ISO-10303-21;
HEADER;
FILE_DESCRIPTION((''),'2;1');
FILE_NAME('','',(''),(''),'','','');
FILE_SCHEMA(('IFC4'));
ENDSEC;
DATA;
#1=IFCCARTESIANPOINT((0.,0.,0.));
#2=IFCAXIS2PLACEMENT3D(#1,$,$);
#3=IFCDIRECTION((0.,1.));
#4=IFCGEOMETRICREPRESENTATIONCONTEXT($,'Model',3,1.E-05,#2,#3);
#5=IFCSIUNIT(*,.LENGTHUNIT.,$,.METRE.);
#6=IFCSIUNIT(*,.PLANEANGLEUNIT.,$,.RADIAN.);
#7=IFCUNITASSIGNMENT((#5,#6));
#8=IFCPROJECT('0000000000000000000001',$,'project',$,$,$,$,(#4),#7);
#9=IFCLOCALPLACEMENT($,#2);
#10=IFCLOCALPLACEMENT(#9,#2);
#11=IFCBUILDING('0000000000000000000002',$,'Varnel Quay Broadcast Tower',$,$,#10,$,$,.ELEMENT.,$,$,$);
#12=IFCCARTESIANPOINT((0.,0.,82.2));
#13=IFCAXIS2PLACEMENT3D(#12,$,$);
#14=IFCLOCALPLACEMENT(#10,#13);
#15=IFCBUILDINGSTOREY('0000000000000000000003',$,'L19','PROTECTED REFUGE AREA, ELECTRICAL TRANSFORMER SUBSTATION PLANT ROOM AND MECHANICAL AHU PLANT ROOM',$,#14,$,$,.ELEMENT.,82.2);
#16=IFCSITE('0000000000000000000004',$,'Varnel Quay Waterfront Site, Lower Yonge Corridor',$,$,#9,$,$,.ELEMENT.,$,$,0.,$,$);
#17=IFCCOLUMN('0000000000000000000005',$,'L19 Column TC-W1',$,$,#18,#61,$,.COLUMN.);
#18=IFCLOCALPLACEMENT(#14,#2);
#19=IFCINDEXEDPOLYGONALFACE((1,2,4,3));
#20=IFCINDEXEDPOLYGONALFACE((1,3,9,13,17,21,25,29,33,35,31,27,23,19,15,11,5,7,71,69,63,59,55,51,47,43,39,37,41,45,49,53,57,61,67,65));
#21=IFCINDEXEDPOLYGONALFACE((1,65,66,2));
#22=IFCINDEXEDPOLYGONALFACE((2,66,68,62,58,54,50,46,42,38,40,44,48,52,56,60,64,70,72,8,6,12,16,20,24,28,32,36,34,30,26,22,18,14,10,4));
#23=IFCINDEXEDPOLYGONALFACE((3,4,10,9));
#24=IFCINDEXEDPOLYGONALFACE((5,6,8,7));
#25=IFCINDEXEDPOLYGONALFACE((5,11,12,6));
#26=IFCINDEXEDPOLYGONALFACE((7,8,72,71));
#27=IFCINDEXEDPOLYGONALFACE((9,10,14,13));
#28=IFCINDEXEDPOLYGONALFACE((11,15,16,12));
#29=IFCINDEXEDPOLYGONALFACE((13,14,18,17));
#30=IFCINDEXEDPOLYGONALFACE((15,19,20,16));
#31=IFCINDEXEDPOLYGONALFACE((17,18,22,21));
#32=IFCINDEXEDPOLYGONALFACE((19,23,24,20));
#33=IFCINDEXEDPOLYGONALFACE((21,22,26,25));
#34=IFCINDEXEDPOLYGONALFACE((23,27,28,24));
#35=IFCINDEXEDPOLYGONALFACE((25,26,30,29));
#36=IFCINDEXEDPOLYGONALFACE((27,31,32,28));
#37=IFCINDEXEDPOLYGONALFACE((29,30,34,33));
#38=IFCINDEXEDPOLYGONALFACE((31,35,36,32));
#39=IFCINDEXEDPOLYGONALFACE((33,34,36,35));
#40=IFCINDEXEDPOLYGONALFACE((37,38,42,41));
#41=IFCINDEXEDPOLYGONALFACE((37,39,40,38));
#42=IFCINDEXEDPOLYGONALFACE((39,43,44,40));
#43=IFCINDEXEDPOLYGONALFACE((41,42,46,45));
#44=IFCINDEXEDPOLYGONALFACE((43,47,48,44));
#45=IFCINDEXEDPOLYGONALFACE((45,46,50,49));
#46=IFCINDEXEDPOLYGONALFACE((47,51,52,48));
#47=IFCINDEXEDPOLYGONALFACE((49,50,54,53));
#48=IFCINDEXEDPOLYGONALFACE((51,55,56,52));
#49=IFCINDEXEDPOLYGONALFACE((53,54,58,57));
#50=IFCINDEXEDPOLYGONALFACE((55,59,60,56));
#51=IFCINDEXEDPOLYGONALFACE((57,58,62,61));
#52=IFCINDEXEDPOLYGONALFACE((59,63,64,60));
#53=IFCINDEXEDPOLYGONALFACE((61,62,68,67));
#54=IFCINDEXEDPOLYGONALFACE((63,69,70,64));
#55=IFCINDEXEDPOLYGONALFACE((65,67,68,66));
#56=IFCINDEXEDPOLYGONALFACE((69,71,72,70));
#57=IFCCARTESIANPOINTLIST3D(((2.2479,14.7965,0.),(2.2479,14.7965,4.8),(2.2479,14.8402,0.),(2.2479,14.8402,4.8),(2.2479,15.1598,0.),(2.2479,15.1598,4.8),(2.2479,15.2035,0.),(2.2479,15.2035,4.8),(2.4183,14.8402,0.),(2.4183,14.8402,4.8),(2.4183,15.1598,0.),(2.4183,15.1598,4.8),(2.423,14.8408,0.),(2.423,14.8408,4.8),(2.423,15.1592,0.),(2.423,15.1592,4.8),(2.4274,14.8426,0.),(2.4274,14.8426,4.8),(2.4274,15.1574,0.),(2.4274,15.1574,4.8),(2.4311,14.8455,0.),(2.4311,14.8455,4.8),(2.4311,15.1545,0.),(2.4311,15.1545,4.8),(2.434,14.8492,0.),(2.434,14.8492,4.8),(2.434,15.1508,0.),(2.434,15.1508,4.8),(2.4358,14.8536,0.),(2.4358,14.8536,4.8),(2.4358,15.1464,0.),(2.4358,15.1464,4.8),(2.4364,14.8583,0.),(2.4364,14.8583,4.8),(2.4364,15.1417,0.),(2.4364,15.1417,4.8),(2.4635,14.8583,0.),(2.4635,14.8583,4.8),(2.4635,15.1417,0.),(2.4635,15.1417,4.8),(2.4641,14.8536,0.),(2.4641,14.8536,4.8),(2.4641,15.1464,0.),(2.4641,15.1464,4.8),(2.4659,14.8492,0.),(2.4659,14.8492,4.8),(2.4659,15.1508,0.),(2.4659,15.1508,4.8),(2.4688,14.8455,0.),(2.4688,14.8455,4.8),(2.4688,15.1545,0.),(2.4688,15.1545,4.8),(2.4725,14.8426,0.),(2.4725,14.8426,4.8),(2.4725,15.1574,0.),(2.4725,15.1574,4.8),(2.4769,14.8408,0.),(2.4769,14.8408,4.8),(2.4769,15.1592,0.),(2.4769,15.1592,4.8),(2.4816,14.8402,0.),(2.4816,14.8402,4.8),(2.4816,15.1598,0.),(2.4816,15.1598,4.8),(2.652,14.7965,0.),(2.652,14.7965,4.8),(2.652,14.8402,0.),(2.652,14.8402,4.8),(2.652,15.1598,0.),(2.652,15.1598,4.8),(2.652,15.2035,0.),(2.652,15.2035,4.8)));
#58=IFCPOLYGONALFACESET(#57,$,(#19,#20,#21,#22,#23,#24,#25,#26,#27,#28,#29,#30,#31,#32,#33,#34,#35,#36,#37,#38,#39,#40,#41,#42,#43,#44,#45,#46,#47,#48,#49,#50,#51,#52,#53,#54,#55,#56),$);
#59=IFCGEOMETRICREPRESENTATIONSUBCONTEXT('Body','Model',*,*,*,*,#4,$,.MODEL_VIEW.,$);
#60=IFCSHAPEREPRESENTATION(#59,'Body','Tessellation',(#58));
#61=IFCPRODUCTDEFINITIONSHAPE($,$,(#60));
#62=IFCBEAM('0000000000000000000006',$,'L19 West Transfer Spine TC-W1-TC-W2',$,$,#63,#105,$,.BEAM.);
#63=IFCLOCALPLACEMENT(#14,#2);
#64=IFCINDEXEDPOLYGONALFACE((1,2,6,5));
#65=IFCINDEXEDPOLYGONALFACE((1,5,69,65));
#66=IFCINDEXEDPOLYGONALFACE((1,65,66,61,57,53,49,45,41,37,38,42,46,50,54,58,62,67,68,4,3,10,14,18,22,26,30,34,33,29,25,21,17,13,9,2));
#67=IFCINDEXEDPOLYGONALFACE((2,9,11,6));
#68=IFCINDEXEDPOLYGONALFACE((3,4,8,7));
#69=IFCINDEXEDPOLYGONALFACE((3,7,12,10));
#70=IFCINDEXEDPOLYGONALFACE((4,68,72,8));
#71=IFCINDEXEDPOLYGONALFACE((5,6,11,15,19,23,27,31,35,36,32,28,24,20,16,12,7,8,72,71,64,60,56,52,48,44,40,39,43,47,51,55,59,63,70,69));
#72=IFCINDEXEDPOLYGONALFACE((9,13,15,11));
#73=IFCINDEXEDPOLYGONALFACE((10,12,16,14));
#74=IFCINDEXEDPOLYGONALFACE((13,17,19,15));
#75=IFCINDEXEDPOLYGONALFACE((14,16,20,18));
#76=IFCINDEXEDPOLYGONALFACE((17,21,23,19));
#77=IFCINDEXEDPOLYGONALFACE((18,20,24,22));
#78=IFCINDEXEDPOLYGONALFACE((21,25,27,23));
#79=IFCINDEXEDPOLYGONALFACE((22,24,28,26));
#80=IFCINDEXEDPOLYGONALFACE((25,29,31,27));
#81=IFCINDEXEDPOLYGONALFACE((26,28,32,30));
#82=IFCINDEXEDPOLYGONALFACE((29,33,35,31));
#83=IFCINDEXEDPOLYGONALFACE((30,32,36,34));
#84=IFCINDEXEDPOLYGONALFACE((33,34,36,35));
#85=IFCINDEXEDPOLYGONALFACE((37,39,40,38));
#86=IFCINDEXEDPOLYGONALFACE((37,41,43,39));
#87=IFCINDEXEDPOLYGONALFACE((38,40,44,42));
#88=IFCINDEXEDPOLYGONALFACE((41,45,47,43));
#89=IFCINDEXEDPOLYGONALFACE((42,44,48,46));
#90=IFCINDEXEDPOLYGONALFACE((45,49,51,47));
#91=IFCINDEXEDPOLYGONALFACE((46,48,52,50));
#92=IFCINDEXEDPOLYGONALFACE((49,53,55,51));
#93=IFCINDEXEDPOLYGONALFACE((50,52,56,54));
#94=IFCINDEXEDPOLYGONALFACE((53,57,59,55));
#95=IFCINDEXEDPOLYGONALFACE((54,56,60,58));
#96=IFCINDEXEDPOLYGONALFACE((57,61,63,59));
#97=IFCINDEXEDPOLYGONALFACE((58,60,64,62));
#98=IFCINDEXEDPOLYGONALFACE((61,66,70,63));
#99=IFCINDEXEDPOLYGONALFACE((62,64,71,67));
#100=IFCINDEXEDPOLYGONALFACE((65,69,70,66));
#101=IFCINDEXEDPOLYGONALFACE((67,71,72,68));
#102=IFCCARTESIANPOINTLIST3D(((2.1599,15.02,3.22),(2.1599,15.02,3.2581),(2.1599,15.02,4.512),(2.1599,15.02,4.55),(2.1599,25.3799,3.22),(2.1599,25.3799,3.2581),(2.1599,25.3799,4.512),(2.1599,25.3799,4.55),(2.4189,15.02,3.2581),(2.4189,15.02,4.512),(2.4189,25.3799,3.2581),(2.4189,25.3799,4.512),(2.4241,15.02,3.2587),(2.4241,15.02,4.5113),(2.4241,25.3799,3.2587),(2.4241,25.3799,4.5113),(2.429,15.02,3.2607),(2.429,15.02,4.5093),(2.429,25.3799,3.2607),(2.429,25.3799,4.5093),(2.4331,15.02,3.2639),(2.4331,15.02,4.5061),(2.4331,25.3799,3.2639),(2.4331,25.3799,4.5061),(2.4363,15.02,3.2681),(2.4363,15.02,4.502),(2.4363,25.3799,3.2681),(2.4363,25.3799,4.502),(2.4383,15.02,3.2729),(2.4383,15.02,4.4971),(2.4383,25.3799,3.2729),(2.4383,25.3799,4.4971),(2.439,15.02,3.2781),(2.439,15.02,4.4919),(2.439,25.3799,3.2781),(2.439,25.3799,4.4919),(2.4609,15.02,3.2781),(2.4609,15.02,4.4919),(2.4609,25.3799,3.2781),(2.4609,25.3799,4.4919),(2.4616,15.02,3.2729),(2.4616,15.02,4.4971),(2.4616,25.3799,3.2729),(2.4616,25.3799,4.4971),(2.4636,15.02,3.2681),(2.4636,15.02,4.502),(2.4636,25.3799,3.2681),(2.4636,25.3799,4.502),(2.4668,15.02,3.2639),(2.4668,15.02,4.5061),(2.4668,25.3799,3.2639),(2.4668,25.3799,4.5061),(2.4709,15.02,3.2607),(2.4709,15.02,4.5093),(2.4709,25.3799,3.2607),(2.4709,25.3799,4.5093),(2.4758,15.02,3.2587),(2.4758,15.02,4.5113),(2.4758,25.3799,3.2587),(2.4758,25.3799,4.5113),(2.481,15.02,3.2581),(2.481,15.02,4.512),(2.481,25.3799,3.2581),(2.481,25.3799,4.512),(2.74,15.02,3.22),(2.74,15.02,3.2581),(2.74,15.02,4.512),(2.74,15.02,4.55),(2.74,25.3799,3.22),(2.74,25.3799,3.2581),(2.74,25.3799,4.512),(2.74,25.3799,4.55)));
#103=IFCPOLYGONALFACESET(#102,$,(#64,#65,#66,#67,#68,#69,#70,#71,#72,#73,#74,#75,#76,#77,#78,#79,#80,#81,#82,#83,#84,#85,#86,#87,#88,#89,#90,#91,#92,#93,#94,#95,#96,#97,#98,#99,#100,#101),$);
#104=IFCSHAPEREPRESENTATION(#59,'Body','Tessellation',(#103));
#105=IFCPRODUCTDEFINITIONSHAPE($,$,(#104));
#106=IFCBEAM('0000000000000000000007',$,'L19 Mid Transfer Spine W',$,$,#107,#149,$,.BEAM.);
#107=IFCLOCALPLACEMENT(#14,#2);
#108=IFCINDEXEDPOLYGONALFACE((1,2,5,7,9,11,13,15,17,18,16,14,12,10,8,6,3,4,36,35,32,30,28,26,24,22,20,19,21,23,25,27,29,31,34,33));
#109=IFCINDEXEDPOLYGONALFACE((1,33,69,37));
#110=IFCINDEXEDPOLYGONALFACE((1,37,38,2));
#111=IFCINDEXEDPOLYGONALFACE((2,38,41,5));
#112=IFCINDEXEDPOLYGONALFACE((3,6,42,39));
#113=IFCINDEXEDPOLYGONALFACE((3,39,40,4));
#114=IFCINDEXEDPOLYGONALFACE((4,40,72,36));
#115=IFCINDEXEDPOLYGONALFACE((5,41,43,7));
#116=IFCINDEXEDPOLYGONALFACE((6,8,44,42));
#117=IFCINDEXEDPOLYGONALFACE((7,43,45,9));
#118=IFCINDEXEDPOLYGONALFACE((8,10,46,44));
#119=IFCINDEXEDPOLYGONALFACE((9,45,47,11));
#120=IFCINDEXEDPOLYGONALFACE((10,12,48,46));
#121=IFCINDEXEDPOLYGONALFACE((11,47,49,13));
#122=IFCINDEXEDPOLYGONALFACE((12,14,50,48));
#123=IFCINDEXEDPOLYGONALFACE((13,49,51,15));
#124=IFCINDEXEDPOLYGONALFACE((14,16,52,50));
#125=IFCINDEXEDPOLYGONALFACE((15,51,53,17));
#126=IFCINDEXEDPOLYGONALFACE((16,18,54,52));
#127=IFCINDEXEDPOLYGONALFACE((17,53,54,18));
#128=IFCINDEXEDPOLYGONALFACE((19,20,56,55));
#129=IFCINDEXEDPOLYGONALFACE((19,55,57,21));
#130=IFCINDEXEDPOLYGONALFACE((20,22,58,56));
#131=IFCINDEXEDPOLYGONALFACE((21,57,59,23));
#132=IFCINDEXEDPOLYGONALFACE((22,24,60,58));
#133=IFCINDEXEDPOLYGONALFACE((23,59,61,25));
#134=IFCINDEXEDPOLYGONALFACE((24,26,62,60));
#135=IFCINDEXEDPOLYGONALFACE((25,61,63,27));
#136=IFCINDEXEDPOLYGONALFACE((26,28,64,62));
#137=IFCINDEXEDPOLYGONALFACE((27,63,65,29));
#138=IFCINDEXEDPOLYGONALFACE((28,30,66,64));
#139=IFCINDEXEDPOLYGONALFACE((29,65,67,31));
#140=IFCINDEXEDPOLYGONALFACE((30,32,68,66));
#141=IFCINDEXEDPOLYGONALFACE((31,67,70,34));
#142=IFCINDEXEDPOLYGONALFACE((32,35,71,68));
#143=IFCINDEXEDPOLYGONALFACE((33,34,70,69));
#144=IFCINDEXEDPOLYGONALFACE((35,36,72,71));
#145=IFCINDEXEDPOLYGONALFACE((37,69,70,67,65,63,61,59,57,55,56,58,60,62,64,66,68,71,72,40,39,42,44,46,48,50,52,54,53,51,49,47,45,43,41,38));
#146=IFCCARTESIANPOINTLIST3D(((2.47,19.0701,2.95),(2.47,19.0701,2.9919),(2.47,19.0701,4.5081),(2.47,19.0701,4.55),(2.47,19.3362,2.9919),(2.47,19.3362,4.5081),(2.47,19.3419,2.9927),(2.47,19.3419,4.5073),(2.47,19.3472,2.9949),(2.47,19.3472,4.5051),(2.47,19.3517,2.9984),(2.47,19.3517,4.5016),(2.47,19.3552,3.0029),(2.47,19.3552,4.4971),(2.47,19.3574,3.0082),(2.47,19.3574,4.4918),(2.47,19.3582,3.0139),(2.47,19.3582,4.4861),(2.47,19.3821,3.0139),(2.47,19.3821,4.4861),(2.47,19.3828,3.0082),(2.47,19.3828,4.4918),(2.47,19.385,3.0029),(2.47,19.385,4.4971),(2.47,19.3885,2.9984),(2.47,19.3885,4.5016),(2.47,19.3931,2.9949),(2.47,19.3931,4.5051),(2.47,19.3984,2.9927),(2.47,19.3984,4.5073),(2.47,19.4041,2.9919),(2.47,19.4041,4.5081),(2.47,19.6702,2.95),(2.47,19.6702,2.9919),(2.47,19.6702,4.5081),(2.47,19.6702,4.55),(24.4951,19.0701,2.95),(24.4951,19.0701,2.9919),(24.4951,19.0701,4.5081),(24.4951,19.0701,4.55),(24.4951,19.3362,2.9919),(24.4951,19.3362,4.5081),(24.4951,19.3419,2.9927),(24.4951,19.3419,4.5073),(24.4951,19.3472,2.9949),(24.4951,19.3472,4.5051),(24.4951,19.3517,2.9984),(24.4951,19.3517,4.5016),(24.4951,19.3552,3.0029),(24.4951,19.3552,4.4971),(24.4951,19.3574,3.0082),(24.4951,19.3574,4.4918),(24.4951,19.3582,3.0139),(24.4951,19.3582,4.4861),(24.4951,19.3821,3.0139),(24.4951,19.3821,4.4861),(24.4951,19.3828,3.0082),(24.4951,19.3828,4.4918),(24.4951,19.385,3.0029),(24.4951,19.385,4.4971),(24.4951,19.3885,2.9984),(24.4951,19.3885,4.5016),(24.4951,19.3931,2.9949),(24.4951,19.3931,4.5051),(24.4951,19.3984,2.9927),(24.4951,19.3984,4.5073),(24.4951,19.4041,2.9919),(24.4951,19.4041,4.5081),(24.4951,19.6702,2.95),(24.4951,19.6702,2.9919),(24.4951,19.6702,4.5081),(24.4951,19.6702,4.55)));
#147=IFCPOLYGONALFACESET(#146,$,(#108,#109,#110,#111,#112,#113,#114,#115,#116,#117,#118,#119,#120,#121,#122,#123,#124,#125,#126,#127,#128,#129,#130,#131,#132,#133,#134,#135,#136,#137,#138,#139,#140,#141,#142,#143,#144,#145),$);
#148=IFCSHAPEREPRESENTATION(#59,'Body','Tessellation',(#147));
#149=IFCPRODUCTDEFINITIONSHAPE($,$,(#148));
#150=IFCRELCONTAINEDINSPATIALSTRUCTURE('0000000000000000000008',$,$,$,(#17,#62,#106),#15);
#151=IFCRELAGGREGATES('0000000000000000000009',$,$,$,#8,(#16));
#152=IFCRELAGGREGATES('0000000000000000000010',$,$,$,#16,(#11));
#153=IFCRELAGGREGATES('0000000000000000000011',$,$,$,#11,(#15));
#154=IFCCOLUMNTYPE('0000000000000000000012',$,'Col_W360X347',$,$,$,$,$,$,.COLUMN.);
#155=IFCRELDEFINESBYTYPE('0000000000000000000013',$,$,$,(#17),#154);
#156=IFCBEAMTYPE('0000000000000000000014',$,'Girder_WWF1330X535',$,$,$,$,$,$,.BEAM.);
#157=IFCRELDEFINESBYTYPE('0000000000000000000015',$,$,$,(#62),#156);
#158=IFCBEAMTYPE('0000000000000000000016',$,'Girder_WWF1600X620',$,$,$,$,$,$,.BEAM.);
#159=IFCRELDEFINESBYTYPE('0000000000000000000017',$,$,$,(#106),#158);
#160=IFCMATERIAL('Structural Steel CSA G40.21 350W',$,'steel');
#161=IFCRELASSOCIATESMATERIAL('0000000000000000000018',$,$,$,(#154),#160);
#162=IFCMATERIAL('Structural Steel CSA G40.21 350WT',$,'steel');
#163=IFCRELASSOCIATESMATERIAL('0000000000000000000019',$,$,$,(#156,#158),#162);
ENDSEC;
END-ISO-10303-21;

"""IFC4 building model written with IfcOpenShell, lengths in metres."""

from ifc_helpers import new_model, si_unit, direction, frame, origin, origin_2d, place, context, subcontext, project, spatial, i_section, extrude, source, transform, mapped, material, material_profile, profile_set, type_object, type_shapes, element, save


model = new_model("IFC4")

# Units and contexts
model_context = context("Model", 3, precision=1e-05, world=origin(), true_north=direction((0.0, 1.0)))
body_context = subcontext(model_context, "Body", "Model", "MODEL_VIEW")
ifc_project = project(units=[si_unit("LENGTHUNIT", "METRE"), si_unit("PLANEANGLEUNIT", "RADIAN")], contexts=[model_context])

# Site, building, storey
site_placement = place(None, origin())
site = spatial("IfcSite", under=ifc_project, at=site_placement, Name="Varnel Quay Waterfront Site, Lower Yonge Corridor", CompositionType="ELEMENT", RefElevation=0.0)
building_placement = place(site_placement, origin())
building = spatial("IfcBuilding", under=site, at=building_placement, Name="Varnel Quay Broadcast Tower", CompositionType="ELEMENT")
storey_placement = place(building_placement, frame((0.0, 0.0, 82.2)))
storey = spatial("IfcBuildingStorey", under=building, at=storey_placement, Name="L19", Description="PROTECTED REFUGE AREA, ELECTRICAL TRANSFORMER SUBSTATION PLANT ROOM AND MECHANICAL AHU PLANT ROOM", CompositionType="ELEMENT", Elevation=82.2)

# Column
ifc_material_1 = material(Name="Structural Steel CSA G40.21 350W", Category="steel")
ifc_material_profile_1 = material_profile(ifc_material_1, i_section(OverallWidth=0.4041, OverallDepth=0.407, WebThickness=0.0271, FlangeThickness=0.0437, FilletRadius=0.0181, at=origin_2d()), Name="W360X347")
ifc_profile_set_1 = profile_set([ifc_material_profile_1], Name="Structural Steel CSA G40.21 350W")
column_type = type_object("IfcColumnType", Name="Col_W360X347", PredefinedType="COLUMN", material=ifc_profile_set_1)
shared_shape_1 = source(origin(), body_context, "Body", "SweptSolid", [
    extrude(i_section(OverallWidth=0.4041, OverallDepth=0.407, WebThickness=0.0271, FlangeThickness=0.0437, FilletRadius=0.0181, at=origin_2d()), origin(), (0.0, 0.0, 1.0), 4.8),
])
type_shapes(column_type, [shared_shape_1])
column_placement = place(storey_placement, frame((2.45, 15.0, 0.0), z_axis=(0.0, 0.0, 1.0), x_axis=(1.0, 0.0, 0.0)))
element("IfcColumn", 1, at=column_placement, inside=storey, type_object=column_type, Name="L19 Column TC-W1", PredefinedType="COLUMN", context=body_context, shape_type="MappedRepresentation", body=[
    mapped(shared_shape_1, transform((0.0, 0.0, 0.0), x_axis=(1.0, 0.0, 0.0), y_axis=(0.0, 1.0, 0.0), z_axis=(0.0, 0.0, 1.0), scale=1.0)),
])

# Beams
ifc_material_2 = material(Name="Structural Steel CSA G40.21 350WT", Category="steel")
ifc_material_profile_2 = material_profile(ifc_material_2, i_section(OverallWidth=0.5801, OverallDepth=1.3301, WebThickness=0.022, FlangeThickness=0.0381, FilletRadius=0.02, at=origin_2d()), Name="WWF1330X535")
ifc_profile_set_2 = profile_set([ifc_material_profile_2], Name="Structural Steel CSA G40.21 350WT")
beam_type_1 = type_object("IfcBeamType", Name="Girder_WWF1330X535", PredefinedType="BEAM", material=ifc_profile_set_2)
shared_shape_2 = source(origin(), body_context, "Body", "SweptSolid", [
    extrude(i_section(OverallWidth=0.5801, OverallDepth=1.3301, WebThickness=0.022, FlangeThickness=0.0381, FilletRadius=0.02, at=origin_2d()), origin(), (0.0, 0.0, 1.0), 10.3599),
])
beam_1_placement = place(storey_placement, frame((2.45, 15.02, 3.885), z_axis=(0.0, 1.0, 0.0), x_axis=(-1.0, 0.0, 0.0)))
element("IfcBeam", 2, at=beam_1_placement, inside=storey, type_object=beam_type_1, Name="L19 West Transfer Spine TC-W1-TC-W2", PredefinedType="BEAM", context=body_context, shape_type="MappedRepresentation", body=[
    mapped(shared_shape_2, transform((0.0, 0.0, 0.0), x_axis=(1.0, 0.0, 0.0), y_axis=(0.0, 1.0, 0.0), z_axis=(0.0, 0.0, 1.0), scale=1.0)),
])
ifc_material_profile_3 = material_profile(ifc_material_2, i_section(OverallWidth=0.6001, OverallDepth=1.6001, WebThickness=0.0239, FlangeThickness=0.042, FilletRadius=0.022, at=origin_2d()), Name="WWF1600X620")
ifc_profile_set_3 = profile_set([ifc_material_profile_3], Name="Structural Steel CSA G40.21 350WT")
beam_type_2 = type_object("IfcBeamType", Name="Girder_WWF1600X620", PredefinedType="BEAM", material=ifc_profile_set_3)
shared_shape_3 = source(origin(), body_context, "Body", "SweptSolid", [
    extrude(i_section(OverallWidth=0.6001, OverallDepth=1.6001, WebThickness=0.0239, FlangeThickness=0.042, FilletRadius=0.022, at=origin_2d()), origin(), (0.0, 0.0, 1.0), 22.0251),
])
type_shapes(beam_type_2, [shared_shape_3])
beam_2_placement = place(storey_placement, frame((2.47, 19.3701, 3.75), z_axis=(1.0, 0.0, 0.0), x_axis=(0.0, 1.0, 0.0)))
element("IfcBeam", 3, at=beam_2_placement, inside=storey, type_object=beam_type_2, Name="L19 Mid Transfer Spine W", PredefinedType="BEAM", context=body_context, shape_type="MappedRepresentation", body=[
    mapped(shared_shape_3, transform((0.0, 0.0, 0.0), x_axis=(1.0, 0.0, 0.0), y_axis=(0.0, 1.0, 0.0), z_axis=(0.0, 0.0, 1.0), scale=1.0)),
])

save(model, "model.ifc")
